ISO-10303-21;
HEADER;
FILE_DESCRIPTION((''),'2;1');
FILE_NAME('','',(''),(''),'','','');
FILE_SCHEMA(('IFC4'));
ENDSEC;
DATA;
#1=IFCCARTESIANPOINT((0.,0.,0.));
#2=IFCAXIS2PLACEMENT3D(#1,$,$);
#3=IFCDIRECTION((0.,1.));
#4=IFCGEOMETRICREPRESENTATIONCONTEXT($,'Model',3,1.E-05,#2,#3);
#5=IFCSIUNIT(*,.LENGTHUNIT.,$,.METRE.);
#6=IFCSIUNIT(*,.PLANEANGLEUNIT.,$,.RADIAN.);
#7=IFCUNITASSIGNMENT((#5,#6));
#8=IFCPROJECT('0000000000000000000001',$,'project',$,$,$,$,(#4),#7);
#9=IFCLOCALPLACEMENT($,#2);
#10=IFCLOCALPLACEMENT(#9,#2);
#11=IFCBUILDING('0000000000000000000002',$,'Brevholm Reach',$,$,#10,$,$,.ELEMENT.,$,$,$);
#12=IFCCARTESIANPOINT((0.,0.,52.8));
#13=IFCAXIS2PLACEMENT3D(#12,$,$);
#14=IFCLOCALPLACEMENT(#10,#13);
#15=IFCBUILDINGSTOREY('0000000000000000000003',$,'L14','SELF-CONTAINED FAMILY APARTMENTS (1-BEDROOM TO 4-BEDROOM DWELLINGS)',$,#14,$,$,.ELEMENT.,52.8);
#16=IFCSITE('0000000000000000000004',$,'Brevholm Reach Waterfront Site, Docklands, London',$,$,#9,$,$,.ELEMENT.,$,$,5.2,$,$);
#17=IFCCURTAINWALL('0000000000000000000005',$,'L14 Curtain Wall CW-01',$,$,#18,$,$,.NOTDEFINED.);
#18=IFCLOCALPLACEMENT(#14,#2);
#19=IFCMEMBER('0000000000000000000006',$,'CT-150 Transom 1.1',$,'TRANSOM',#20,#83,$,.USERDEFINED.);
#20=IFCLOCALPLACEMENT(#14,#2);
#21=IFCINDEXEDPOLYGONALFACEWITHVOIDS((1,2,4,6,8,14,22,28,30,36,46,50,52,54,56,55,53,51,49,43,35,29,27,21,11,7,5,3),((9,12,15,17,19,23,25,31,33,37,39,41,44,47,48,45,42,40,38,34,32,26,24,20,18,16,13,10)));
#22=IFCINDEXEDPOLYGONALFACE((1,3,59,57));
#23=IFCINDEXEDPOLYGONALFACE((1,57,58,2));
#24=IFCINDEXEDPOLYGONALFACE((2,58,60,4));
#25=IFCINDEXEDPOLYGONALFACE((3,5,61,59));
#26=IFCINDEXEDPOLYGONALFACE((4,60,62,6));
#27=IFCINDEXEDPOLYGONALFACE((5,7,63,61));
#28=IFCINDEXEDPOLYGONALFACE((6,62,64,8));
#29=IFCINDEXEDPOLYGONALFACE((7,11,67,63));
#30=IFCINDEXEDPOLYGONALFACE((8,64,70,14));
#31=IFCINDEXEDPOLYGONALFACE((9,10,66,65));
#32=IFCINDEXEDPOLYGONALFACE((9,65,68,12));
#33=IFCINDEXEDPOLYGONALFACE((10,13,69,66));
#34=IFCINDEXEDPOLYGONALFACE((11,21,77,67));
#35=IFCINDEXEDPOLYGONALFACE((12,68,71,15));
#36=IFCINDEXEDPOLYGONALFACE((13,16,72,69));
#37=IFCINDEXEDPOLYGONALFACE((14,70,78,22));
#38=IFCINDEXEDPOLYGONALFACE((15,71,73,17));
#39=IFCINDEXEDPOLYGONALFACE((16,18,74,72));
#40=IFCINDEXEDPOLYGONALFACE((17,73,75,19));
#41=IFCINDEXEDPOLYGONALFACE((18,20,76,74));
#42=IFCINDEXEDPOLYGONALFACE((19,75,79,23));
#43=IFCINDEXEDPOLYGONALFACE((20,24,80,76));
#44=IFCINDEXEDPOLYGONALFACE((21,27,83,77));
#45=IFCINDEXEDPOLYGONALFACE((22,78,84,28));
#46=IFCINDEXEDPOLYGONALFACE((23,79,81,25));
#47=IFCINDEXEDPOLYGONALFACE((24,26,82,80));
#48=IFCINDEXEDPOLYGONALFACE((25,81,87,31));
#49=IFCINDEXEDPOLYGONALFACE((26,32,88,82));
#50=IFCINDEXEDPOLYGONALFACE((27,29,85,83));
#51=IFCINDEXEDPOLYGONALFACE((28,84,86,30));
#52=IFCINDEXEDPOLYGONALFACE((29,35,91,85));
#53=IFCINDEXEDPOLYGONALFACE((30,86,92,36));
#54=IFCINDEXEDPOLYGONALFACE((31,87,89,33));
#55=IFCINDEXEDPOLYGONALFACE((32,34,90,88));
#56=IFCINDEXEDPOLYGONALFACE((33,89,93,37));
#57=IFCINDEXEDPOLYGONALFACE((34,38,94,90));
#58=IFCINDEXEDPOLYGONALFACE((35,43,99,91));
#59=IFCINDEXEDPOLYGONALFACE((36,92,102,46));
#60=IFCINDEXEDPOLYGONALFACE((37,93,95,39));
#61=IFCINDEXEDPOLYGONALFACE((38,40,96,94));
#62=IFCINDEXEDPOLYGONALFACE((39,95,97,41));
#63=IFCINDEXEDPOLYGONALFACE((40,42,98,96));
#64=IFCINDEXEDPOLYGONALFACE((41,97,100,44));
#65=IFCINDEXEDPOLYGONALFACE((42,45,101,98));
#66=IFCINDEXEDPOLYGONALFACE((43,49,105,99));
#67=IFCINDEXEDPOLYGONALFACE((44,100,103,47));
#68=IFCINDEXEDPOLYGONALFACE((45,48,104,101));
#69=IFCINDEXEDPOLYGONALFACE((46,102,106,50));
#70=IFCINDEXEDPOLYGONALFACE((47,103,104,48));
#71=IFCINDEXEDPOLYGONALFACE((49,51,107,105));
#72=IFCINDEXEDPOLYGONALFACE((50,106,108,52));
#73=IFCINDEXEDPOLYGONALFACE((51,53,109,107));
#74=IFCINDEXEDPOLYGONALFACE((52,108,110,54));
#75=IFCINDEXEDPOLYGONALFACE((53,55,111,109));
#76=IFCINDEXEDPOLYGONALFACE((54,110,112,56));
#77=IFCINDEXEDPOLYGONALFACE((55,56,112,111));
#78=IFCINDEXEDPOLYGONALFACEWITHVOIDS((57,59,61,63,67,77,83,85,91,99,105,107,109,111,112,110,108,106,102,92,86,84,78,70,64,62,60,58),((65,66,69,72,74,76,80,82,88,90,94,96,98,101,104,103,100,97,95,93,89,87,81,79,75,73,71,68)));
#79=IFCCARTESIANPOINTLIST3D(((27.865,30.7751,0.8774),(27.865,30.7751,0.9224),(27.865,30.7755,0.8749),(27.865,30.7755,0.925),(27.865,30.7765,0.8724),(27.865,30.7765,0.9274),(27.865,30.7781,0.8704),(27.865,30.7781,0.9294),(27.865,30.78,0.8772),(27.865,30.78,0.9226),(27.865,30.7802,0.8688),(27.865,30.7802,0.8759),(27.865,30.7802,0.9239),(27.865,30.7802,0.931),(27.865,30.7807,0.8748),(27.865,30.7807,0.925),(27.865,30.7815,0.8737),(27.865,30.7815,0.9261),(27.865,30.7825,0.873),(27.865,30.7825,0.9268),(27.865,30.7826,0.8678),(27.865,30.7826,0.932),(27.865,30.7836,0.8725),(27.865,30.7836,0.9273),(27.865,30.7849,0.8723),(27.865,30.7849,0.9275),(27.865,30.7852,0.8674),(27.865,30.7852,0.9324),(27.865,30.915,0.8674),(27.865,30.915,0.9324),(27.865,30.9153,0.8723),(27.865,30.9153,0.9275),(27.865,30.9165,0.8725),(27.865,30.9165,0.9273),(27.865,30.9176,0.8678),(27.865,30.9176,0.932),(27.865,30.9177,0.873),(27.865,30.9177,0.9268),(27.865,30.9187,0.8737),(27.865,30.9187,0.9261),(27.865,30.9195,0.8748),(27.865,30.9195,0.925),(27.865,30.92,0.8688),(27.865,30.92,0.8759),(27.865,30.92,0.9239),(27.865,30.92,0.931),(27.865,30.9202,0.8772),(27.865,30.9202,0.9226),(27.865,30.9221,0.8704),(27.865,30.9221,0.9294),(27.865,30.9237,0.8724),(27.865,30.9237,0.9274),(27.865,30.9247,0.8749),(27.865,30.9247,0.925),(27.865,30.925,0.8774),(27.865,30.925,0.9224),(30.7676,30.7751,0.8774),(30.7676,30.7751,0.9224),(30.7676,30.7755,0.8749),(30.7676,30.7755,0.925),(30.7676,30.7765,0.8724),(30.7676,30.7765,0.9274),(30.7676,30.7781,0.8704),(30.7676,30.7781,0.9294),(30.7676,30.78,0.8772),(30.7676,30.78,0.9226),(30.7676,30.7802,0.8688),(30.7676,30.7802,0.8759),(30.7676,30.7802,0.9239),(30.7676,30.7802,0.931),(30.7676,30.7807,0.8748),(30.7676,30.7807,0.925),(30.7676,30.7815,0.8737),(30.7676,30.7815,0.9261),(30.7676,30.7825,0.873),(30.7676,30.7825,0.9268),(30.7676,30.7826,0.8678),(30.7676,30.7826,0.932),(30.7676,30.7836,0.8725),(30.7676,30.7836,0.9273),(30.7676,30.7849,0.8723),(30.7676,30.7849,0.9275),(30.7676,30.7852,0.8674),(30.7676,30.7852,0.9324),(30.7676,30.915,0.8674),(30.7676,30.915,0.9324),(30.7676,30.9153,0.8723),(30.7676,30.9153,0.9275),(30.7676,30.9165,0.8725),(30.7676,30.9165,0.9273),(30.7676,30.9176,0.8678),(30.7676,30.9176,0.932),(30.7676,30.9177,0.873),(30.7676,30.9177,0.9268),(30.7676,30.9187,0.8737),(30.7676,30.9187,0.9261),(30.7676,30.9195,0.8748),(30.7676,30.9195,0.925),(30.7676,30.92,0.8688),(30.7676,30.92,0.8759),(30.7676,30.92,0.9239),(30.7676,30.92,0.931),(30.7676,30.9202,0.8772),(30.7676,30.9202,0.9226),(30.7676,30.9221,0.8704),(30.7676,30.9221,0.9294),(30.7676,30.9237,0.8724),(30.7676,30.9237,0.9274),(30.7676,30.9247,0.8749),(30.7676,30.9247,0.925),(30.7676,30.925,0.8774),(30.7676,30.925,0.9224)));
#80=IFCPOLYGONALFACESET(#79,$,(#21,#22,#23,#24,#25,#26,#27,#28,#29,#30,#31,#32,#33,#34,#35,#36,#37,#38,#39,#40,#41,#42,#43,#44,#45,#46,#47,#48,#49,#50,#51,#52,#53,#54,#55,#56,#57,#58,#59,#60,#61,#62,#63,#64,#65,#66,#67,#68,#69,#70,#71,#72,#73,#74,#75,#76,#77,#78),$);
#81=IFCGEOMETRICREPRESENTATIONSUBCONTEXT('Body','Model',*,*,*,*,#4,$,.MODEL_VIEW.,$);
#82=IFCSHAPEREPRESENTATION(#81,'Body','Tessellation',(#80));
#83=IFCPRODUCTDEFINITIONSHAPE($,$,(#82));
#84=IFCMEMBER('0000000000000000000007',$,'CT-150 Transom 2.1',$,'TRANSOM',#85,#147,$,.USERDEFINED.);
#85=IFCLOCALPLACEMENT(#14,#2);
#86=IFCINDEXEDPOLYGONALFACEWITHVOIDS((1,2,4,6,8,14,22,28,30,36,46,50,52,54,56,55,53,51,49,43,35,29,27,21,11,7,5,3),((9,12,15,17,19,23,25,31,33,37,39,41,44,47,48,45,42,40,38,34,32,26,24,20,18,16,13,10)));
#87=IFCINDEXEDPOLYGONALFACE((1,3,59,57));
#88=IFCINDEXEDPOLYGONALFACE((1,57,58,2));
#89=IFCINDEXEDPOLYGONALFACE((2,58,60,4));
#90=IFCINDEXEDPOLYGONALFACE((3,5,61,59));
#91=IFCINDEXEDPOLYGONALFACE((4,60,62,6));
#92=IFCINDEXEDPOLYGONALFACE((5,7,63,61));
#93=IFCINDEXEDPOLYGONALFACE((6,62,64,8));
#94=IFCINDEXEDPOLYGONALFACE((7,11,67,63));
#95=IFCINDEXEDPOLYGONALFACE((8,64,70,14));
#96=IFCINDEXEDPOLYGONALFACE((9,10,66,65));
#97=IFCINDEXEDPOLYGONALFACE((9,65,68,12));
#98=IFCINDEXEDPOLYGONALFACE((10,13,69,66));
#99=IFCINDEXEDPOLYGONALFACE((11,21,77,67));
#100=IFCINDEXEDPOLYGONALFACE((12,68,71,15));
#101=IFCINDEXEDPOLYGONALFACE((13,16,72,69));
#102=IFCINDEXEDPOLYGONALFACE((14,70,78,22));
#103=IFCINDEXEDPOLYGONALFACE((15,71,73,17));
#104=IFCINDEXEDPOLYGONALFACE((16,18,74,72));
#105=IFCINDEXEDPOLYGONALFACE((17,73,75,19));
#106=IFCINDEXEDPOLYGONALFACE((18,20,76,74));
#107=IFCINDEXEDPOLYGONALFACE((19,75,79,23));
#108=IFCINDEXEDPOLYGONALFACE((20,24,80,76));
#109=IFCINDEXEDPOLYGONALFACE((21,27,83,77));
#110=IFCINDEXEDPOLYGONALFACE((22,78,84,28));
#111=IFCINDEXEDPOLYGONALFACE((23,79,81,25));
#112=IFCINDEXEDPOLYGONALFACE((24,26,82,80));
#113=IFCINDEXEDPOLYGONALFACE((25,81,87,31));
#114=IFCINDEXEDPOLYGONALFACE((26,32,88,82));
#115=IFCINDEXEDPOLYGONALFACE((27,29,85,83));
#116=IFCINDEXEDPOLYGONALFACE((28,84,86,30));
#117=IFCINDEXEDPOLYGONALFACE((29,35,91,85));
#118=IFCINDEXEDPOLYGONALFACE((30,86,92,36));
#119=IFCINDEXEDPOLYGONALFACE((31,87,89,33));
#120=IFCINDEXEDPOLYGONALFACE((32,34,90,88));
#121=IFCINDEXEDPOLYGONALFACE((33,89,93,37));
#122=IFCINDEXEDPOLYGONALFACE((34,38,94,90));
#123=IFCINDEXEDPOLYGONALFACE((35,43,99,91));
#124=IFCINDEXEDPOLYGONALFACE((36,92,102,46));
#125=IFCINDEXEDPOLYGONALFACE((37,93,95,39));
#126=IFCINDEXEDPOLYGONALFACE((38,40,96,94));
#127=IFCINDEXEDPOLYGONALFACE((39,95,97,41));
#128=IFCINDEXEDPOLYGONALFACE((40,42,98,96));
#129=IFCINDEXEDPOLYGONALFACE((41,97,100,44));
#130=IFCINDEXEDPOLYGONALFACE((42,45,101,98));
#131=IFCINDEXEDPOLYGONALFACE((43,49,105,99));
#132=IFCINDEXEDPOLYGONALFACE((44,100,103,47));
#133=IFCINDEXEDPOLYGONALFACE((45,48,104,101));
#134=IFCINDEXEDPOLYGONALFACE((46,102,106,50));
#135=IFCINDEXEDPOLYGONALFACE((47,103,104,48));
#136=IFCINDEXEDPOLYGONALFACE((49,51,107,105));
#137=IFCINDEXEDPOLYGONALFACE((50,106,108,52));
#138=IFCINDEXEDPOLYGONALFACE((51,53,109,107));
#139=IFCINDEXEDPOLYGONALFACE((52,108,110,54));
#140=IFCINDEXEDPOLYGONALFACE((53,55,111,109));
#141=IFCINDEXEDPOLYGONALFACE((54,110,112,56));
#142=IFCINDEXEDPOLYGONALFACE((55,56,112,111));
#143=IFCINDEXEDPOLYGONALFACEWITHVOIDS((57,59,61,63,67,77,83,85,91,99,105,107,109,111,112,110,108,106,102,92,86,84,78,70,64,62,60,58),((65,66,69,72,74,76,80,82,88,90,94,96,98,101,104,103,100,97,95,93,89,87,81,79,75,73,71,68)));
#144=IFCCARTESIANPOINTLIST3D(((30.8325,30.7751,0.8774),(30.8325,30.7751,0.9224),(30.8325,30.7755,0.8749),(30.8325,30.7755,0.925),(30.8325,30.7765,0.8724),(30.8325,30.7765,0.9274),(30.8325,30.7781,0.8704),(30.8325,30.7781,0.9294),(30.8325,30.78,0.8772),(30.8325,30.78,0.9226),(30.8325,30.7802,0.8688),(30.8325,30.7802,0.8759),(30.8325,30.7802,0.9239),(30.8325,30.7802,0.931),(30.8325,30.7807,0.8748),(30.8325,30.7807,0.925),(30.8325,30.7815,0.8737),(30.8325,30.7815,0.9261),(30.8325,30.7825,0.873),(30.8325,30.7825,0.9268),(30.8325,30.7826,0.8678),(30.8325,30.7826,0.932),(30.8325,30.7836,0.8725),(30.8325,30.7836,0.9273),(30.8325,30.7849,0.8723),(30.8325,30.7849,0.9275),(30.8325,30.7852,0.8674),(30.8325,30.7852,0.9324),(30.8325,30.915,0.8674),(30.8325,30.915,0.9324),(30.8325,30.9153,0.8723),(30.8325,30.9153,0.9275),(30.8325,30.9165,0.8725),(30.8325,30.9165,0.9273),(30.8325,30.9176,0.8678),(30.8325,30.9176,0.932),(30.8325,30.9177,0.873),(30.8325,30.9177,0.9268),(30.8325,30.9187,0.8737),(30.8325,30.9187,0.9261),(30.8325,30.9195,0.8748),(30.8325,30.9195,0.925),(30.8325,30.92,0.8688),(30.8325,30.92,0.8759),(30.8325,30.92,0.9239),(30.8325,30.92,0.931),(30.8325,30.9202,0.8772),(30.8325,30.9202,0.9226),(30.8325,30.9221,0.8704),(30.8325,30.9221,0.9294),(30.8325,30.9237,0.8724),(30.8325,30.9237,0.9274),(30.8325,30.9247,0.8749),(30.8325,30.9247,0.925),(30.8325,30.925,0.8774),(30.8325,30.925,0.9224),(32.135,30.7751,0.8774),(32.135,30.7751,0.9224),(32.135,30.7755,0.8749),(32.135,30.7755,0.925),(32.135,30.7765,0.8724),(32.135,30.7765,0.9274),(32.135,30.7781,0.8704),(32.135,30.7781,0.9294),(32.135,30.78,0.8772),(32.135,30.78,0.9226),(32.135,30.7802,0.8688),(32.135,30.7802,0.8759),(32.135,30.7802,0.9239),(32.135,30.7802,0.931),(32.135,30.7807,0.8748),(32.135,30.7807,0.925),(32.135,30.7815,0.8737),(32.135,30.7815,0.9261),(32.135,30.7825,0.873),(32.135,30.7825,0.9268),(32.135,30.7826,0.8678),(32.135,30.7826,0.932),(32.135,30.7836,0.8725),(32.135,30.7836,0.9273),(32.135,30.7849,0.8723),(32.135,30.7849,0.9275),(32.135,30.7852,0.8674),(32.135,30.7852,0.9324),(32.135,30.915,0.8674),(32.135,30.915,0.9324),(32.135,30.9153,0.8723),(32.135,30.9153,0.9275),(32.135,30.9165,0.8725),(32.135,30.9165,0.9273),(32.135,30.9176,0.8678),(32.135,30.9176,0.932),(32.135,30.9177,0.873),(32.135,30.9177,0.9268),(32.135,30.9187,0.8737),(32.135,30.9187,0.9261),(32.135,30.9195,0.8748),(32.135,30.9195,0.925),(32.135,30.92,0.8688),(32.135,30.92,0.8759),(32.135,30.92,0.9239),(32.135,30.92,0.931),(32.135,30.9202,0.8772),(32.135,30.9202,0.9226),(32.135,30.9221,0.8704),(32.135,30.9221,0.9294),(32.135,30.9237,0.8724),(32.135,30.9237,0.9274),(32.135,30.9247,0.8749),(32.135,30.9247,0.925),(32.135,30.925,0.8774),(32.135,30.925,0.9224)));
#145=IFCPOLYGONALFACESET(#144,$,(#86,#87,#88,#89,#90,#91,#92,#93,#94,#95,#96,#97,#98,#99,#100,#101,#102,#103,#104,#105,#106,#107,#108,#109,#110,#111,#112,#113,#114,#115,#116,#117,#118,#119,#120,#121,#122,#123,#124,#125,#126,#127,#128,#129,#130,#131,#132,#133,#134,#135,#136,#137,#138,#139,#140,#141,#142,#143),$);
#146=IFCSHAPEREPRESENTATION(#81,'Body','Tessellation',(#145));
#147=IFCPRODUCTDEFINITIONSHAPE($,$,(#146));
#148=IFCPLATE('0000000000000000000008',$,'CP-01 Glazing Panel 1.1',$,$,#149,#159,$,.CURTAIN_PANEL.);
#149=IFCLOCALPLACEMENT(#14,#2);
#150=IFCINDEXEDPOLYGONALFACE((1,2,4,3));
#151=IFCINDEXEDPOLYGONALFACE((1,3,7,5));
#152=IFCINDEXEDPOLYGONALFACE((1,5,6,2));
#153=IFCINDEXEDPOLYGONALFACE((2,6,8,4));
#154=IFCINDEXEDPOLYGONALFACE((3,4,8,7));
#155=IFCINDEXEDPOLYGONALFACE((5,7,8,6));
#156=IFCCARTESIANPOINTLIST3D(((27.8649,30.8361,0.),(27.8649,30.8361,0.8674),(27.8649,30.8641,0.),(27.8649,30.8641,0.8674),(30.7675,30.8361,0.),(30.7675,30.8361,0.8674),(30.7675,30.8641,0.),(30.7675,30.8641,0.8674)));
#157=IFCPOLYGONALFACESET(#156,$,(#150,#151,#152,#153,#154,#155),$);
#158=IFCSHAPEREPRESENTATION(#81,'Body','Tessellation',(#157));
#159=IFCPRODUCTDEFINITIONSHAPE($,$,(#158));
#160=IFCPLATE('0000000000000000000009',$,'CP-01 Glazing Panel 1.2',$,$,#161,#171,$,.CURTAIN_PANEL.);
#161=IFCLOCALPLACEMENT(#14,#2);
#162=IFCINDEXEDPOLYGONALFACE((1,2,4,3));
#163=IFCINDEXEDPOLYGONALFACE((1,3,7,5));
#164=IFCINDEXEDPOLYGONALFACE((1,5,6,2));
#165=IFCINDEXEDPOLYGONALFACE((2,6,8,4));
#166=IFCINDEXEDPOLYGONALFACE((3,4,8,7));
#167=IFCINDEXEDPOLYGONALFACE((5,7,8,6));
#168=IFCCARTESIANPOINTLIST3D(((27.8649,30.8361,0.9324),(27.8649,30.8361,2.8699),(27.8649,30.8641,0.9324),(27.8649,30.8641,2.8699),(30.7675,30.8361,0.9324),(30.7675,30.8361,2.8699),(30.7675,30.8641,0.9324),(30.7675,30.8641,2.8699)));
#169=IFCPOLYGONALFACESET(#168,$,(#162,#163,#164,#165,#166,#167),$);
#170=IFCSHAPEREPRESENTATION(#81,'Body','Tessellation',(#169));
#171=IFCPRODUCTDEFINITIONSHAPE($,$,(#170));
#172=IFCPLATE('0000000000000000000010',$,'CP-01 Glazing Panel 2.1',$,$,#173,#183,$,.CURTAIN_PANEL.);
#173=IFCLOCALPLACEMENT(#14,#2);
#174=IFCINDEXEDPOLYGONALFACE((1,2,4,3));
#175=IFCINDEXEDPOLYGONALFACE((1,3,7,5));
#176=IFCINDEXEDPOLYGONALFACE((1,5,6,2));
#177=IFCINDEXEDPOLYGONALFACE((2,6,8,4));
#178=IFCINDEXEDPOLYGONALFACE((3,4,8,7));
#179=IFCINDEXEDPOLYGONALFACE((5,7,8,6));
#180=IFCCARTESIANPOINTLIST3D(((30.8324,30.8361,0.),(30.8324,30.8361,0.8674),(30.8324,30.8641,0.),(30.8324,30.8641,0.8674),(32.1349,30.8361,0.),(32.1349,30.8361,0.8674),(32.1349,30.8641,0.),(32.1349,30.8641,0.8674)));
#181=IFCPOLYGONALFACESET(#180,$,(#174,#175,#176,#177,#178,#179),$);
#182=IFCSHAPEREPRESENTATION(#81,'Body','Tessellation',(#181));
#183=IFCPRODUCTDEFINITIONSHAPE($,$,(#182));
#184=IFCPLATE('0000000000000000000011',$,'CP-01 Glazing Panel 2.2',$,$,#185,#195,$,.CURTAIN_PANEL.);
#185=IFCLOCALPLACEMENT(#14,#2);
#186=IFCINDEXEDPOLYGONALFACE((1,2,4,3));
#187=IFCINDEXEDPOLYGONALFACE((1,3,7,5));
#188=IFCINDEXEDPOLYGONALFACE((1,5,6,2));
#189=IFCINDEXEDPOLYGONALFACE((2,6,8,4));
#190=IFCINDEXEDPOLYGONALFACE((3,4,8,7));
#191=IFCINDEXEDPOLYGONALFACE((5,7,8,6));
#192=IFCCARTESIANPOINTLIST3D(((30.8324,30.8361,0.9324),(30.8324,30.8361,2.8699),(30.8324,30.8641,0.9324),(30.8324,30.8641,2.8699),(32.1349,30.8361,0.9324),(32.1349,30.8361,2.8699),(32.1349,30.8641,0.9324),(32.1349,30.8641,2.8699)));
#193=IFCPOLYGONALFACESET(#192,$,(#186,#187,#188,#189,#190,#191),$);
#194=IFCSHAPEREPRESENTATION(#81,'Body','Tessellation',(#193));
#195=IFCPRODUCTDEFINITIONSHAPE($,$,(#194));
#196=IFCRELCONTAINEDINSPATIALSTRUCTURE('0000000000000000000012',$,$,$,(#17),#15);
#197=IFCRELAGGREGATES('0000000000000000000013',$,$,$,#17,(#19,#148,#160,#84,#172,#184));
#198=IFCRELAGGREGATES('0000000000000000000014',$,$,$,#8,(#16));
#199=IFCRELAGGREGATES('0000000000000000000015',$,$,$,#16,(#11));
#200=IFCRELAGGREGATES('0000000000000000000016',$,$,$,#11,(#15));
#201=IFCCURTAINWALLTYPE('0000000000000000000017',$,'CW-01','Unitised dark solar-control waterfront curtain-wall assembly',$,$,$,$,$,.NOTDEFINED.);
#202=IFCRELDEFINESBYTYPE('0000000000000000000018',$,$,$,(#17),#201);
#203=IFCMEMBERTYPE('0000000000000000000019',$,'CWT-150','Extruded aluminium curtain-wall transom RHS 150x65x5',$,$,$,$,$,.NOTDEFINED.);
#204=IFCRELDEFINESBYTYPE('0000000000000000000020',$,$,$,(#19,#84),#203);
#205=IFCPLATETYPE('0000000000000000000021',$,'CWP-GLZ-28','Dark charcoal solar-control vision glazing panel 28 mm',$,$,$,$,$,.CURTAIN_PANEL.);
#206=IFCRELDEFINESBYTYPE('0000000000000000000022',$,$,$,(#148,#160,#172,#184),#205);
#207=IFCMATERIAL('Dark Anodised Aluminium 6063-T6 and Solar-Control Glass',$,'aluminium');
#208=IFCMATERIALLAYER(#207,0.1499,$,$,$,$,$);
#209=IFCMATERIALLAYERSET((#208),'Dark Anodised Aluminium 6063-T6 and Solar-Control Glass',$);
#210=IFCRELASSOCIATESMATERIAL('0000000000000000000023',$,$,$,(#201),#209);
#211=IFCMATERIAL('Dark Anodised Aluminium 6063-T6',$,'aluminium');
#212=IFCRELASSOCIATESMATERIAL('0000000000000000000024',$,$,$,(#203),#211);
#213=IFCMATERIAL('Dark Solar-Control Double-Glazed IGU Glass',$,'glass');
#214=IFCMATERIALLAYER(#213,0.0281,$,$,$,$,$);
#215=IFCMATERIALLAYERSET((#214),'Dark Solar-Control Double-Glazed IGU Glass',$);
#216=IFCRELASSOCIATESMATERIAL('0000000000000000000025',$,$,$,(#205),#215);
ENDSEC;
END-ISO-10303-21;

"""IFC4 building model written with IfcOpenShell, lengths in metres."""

from ifc_helpers import new_model, si_unit, direction, frame, origin, origin_2d, place, context, subcontext, project, spatial, rectangle, hollow_rectangle, extrude, material, layer, layer_set, material_profile, profile_set, type_object, element, aggregate, save


model = new_model("IFC4")

# Units and contexts
model_context = context("Model", 3, precision=1e-05, world=origin(), true_north=direction((0.0, 1.0)))
body_context = subcontext(model_context, "Body", "Model", "MODEL_VIEW")
ifc_project = project(units=[si_unit("LENGTHUNIT", "METRE"), si_unit("PLANEANGLEUNIT", "RADIAN")], contexts=[model_context])

# Site, building, storey
site_placement = place(None, origin())
site = spatial("IfcSite", under=ifc_project, at=site_placement, Name="Brevholm Reach Waterfront Site, Docklands, London", CompositionType="ELEMENT", RefElevation=5.2)
building_placement = place(site_placement, origin())
building = spatial("IfcBuilding", under=site, at=building_placement, Name="Brevholm Reach", CompositionType="ELEMENT")
storey_placement = place(building_placement, frame((0.0, 0.0, 52.8)))
storey = spatial("IfcBuildingStorey", under=building, at=storey_placement, Name="L14", Description="SELF-CONTAINED FAMILY APARTMENTS (1-BEDROOM TO 4-BEDROOM DWELLINGS)", CompositionType="ELEMENT", Elevation=52.8)

# Curtain wall
ifc_material_1 = material(Name="Dark Anodised Aluminium 6063-T6 and Solar-Control Glass", Category="aluminium")
ifc_layer_1 = layer(ifc_material_1, 0.1499)
ifc_layer_set_1 = layer_set([ifc_layer_1], Name="Dark Anodised Aluminium 6063-T6 and Solar-Control Glass")
curtain_wall_type_1 = type_object("IfcCurtainWallType", Name="CW-01", Description="Unitised dark solar-control waterfront curtain-wall assembly", PredefinedType="NOTDEFINED", material=ifc_layer_set_1)
curtain_wall_1_placement = place(storey_placement, origin())
curtain_wall_1 = element("IfcCurtainWall", 1, at=curtain_wall_1_placement, inside=storey, type_object=curtain_wall_type_1, Name="L14 Curtain Wall CW-01", PredefinedType="NOTDEFINED")

# Members
ifc_material_2 = material(Name="Dark Anodised Aluminium 6063-T6", Category="aluminium")
ifc_material_profile_1 = material_profile(ifc_material_2, hollow_rectangle(XDim=0.0649, YDim=0.1499, WallThickness=0.0049, InnerFilletRadius=0.0049, OuterFilletRadius=0.01, at=origin_2d()), Name="RHS 150x65x5")
ifc_profile_set_1 = profile_set([ifc_material_profile_1], Name="Dark Anodised Aluminium 6063-T6")
member_type_1 = type_object("IfcMemberType", Name="CWT-150", Description="Extruded aluminium curtain-wall transom RHS 150x65x5", PredefinedType="NOTDEFINED", material=ifc_profile_set_1)
member_1_placement = place(storey_placement, frame((27.865, 30.8501, 0.8999), z_axis=(1.0, 0.0, 0.0), x_axis=(0.0, 0.0, 1.0)))
member_1 = element("IfcMember", 2, at=member_1_placement, type_object=member_type_1, Name="CT-150 Transom 1.1", ObjectType="TRANSOM", PredefinedType="USERDEFINED", context=body_context, shape_type="SweptSolid", body=[
    extrude(hollow_rectangle(XDim=0.0649, YDim=0.1499, WallThickness=0.0049, InnerFilletRadius=0.0049, OuterFilletRadius=0.01, at=origin_2d()), origin(), (0.0, 0.0, 1.0), 2.9026),
])
member_2_placement = place(storey_placement, frame((30.8325, 30.8501, 0.8999), z_axis=(1.0, 0.0, 0.0), x_axis=(0.0, 0.0, 1.0)))
member_2 = element("IfcMember", 3, at=member_2_placement, type_object=member_type_1, Name="CT-150 Transom 2.1", ObjectType="TRANSOM", PredefinedType="USERDEFINED", context=body_context, shape_type="SweptSolid", body=[
    extrude(hollow_rectangle(XDim=0.0649, YDim=0.1499, WallThickness=0.0049, InnerFilletRadius=0.0049, OuterFilletRadius=0.01, at=origin_2d()), origin(), (0.0, 0.0, 1.0), 1.3025),
])

# Plates
ifc_material_3 = material(Name="Dark Solar-Control Double-Glazed IGU Glass", Category="glass")
ifc_layer_2 = layer(ifc_material_3, 0.0281)
ifc_layer_set_2 = layer_set([ifc_layer_2], Name="Dark Solar-Control Double-Glazed IGU Glass")
plate_type_1 = type_object("IfcPlateType", Name="CWP-GLZ-28", Description="Dark charcoal solar-control vision glazing panel 28 mm", PredefinedType="CURTAIN_PANEL", material=ifc_layer_set_2)
plate_1_placement = place(storey_placement, frame((29.3162, 30.8501, 0.0), z_axis=(0.0, 0.0, 1.0), x_axis=(1.0, 0.0, 0.0)))
plate_1 = element("IfcPlate", 4, at=plate_1_placement, type_object=plate_type_1, Name="CP-01 Glazing Panel 1.1", PredefinedType="CURTAIN_PANEL", context=body_context, shape_type="SweptSolid", body=[
    extrude(rectangle(XDim=2.9026, YDim=0.0281, at=origin_2d()), origin(), (0.0, 0.0, 1.0), 0.8674),
])
plate_2_placement = place(storey_placement, frame((29.3162, 30.8501, 0.9324), z_axis=(0.0, 0.0, 1.0), x_axis=(1.0, 0.0, 0.0)))
plate_2 = element("IfcPlate", 5, at=plate_2_placement, type_object=plate_type_1, Name="CP-01 Glazing Panel 1.2", PredefinedType="CURTAIN_PANEL", context=body_context, shape_type="SweptSolid", body=[
    extrude(rectangle(XDim=2.9026, YDim=0.0281, at=origin_2d()), origin(), (0.0, 0.0, 1.0), 1.9375),
])
plate_3_placement = place(storey_placement, frame((31.4836, 30.8501, 0.0), z_axis=(0.0, 0.0, 1.0), x_axis=(1.0, 0.0, 0.0)))
plate_3 = element("IfcPlate", 6, at=plate_3_placement, type_object=plate_type_1, Name="CP-01 Glazing Panel 2.1", PredefinedType="CURTAIN_PANEL", context=body_context, shape_type="SweptSolid", body=[
    extrude(rectangle(XDim=1.3025, YDim=0.0281, at=origin_2d()), origin(), (0.0, 0.0, 1.0), 0.8674),
])
plate_4_placement = place(storey_placement, frame((31.4836, 30.8501, 0.9324), z_axis=(0.0, 0.0, 1.0), x_axis=(1.0, 0.0, 0.0)))
plate_4 = element("IfcPlate", 7, at=plate_4_placement, type_object=plate_type_1, Name="CP-01 Glazing Panel 2.2", PredefinedType="CURTAIN_PANEL", context=body_context, shape_type="SweptSolid", body=[
    extrude(rectangle(XDim=1.3025, YDim=0.0281, at=origin_2d()), origin(), (0.0, 0.0, 1.0), 1.9375),
])
aggregate(curtain_wall_1, [member_1, plate_1, plate_2, member_2, plate_3, plate_4])

save(model, "model.ifc")
